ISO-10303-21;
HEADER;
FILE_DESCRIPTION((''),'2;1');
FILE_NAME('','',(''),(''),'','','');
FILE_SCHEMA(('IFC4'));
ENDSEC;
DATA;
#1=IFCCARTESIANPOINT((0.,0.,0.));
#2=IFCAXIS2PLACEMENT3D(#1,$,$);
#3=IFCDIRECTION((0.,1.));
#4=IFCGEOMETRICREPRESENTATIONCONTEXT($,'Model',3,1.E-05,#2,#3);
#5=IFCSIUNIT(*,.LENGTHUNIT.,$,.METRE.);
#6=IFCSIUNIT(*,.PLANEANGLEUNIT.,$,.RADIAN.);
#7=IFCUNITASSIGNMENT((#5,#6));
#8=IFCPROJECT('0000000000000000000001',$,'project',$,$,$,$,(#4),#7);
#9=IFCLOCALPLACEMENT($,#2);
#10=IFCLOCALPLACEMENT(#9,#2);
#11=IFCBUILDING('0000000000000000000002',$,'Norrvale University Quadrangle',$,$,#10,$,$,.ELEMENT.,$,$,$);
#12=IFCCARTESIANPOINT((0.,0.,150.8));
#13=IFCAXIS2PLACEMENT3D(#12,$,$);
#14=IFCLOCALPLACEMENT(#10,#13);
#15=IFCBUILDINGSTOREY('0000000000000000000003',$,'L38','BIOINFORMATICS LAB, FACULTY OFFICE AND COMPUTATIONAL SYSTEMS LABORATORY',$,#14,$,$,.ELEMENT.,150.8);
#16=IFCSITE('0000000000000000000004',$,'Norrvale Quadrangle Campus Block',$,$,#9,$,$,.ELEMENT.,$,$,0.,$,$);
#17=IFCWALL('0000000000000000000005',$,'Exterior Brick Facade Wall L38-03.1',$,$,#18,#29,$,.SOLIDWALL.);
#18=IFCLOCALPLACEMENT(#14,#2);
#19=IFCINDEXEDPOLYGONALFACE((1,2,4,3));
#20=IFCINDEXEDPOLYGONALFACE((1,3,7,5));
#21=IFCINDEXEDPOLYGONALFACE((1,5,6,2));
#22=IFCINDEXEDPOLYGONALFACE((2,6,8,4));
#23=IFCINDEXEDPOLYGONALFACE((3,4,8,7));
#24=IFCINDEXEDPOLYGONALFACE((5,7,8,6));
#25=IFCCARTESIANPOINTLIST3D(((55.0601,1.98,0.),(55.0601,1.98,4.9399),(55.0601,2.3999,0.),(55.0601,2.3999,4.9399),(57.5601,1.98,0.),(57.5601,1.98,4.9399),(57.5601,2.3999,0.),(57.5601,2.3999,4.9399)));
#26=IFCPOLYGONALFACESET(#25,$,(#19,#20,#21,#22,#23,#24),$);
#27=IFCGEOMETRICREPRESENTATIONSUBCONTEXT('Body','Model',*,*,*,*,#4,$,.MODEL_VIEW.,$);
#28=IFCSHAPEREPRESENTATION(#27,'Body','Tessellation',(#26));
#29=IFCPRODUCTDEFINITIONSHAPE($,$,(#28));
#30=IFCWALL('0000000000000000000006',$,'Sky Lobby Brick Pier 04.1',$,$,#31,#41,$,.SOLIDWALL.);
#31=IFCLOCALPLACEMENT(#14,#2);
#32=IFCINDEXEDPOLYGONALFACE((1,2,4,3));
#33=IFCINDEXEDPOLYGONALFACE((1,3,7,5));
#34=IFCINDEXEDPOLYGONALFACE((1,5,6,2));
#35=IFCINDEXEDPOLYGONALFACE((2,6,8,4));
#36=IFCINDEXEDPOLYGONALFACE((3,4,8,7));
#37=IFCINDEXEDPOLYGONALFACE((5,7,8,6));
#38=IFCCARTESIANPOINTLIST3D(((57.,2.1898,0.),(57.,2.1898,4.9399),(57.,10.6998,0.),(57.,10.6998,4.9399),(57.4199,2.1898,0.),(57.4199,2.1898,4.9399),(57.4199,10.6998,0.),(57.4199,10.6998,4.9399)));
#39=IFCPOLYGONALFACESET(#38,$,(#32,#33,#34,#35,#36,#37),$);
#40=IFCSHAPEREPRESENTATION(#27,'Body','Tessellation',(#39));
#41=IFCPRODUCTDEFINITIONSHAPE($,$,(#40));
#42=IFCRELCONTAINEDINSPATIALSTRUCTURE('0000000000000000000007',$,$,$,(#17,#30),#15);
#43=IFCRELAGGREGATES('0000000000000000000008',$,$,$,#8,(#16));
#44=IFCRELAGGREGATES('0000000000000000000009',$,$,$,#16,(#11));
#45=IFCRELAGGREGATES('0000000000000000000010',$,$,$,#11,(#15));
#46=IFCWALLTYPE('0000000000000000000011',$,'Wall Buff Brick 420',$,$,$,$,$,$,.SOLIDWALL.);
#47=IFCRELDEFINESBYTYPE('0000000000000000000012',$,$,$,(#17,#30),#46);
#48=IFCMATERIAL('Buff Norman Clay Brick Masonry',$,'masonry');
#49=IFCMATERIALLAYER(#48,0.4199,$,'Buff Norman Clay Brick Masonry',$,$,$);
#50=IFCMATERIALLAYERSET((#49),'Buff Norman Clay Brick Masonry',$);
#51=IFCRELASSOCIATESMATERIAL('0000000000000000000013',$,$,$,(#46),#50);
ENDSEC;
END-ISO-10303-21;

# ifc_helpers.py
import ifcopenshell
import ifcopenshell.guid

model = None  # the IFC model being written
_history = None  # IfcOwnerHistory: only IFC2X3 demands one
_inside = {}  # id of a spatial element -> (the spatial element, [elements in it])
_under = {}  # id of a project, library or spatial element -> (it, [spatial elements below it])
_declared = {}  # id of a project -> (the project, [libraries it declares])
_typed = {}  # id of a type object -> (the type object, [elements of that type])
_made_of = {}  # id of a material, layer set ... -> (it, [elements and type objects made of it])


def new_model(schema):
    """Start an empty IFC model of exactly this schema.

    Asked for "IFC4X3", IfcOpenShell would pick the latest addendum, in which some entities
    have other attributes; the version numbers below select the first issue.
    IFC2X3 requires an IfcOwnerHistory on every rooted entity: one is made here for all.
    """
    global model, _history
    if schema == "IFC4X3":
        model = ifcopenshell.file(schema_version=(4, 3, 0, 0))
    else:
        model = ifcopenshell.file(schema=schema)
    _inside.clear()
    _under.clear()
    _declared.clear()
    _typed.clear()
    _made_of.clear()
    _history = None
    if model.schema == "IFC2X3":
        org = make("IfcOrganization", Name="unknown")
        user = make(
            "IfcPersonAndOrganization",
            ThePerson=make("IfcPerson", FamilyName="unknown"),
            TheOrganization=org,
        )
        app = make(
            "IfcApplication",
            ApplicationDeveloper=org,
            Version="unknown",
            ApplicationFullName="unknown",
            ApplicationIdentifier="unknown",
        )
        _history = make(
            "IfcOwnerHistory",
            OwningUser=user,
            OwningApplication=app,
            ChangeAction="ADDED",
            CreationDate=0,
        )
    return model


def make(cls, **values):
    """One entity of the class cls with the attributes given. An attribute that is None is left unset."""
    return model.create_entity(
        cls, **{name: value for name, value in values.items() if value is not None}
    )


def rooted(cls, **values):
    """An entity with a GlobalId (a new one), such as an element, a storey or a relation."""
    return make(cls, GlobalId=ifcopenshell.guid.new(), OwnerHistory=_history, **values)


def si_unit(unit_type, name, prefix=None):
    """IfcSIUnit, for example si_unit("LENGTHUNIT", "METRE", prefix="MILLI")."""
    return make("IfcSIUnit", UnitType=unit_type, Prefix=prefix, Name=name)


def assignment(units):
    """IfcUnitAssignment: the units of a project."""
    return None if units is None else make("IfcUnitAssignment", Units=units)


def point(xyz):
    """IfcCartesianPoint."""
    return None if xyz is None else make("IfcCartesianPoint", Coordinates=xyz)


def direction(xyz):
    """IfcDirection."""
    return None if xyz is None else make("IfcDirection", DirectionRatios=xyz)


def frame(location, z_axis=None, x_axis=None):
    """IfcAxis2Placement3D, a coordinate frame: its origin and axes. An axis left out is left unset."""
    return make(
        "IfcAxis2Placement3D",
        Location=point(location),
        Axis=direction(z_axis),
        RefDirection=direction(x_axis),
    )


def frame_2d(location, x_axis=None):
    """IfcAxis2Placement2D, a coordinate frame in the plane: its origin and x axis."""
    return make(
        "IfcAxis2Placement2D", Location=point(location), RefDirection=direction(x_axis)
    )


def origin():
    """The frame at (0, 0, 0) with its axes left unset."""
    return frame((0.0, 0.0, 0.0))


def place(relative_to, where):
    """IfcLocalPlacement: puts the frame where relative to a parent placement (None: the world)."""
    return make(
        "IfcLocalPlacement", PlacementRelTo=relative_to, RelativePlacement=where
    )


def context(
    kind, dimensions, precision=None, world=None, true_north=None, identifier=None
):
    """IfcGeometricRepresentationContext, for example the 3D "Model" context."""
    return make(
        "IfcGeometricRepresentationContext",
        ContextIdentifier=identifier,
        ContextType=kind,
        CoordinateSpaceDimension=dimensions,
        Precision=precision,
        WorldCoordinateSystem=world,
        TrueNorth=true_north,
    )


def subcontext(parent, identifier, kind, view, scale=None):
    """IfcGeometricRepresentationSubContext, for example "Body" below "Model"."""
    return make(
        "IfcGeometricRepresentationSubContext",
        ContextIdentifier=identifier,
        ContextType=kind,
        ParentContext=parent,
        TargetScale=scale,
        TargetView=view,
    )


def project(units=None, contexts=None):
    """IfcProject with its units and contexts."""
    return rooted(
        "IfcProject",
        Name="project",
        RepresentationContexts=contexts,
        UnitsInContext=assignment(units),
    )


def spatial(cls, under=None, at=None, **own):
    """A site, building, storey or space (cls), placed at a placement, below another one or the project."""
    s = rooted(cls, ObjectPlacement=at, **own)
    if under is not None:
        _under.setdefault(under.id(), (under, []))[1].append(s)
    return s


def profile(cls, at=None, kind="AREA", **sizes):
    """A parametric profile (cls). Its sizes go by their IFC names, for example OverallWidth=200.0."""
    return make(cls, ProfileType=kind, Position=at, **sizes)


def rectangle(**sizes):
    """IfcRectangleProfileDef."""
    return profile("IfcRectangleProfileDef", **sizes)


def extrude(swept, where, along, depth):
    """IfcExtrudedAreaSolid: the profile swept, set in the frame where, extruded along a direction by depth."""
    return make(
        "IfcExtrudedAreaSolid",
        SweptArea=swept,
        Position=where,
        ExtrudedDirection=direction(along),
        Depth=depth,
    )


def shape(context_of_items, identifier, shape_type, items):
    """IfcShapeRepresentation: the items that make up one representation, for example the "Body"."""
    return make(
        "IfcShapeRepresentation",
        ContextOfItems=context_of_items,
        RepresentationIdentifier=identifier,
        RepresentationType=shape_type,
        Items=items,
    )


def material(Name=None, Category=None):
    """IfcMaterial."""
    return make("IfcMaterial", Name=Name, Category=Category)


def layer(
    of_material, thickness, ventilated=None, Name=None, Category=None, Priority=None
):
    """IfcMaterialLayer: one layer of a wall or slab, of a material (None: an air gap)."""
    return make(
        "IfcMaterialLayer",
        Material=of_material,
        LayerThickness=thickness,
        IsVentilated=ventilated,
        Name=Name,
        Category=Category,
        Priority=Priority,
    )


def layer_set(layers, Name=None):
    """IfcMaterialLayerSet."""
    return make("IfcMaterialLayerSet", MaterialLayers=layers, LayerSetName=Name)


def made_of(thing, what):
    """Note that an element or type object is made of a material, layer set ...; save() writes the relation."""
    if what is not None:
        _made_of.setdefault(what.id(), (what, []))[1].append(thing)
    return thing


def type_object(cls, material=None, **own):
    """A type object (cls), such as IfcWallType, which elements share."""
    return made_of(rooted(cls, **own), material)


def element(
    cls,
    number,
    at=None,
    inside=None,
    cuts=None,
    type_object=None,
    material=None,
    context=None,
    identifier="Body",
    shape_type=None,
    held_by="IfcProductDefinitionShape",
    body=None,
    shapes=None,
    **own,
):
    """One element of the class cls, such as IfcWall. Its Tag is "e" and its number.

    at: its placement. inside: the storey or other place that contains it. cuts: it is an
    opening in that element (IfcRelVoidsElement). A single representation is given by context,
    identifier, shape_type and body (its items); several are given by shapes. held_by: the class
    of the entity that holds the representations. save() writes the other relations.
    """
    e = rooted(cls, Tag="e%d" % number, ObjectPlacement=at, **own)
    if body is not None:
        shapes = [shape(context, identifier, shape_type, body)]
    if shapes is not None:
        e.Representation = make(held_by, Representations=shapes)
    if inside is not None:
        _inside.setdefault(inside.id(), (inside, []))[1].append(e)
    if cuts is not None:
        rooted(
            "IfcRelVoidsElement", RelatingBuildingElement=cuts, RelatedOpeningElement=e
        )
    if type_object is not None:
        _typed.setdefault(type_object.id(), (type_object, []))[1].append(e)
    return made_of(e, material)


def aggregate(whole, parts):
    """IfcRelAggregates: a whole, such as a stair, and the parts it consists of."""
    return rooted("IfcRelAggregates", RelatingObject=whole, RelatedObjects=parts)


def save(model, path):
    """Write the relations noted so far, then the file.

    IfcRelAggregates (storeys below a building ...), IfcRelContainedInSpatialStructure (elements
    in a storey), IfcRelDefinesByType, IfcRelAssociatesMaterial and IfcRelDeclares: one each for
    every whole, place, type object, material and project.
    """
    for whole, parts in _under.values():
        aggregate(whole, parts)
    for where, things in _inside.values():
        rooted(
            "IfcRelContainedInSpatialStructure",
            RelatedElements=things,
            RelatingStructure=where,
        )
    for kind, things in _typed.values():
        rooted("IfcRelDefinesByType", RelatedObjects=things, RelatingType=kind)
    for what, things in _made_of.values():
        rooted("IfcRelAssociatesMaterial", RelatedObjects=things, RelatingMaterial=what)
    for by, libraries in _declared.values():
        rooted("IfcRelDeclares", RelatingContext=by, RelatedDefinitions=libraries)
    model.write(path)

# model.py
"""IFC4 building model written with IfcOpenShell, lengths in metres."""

from ifc_helpers import new_model, si_unit, direction, frame, frame_2d, origin, place, context, subcontext, project, spatial, rectangle, extrude, material, layer, layer_set, type_object, element, save


model = new_model("IFC4")

# Units and contexts
model_context = context("Model", 3, precision=1e-05, world=origin(), true_north=direction((0.0, 1.0)))
body_context = subcontext(model_context, "Body", "Model", "MODEL_VIEW")
ifc_project = project(units=[si_unit("LENGTHUNIT", "METRE"), si_unit("PLANEANGLEUNIT", "RADIAN")], contexts=[model_context])

# Site, building, storey
site_placement = place(None, origin())
site = spatial("IfcSite", under=ifc_project, at=site_placement, Name="Norrvale Quadrangle Campus Block", CompositionType="ELEMENT", RefElevation=0.0)
building_placement = place(site_placement, origin())
building = spatial("IfcBuilding", under=site, at=building_placement, Name="Norrvale University Quadrangle", CompositionType="ELEMENT")
storey_placement = place(building_placement, frame((0.0, 0.0, 150.8)))
storey = spatial("IfcBuildingStorey", under=building, at=storey_placement, Name="L38", Description="BIOINFORMATICS LAB, FACULTY OFFICE AND COMPUTATIONAL SYSTEMS LABORATORY", CompositionType="ELEMENT", Elevation=150.8)

# Walls
ifc_material_1 = material(Name="Buff Norman Clay Brick Masonry", Category="masonry")
ifc_layer_1 = layer(ifc_material_1, 0.4199, Name="Buff Norman Clay Brick Masonry")
ifc_layer_set_1 = layer_set([ifc_layer_1], Name="Buff Norman Clay Brick Masonry")
wall_type = type_object("IfcWallType", Name="Wall Buff Brick 420", PredefinedType="SOLIDWALL", material=ifc_layer_set_1)
for number, where, z_axis, x_axis, name in (
    (1, (55.0601, 2.1899, 0.0), (0.0, 0.0, 1.0), (1.0, 0.0, 0.0), "Exterior Brick Facade Wall L38-03.1"),
):
    element("IfcWall", number, at=place(storey_placement, frame(where, z_axis=z_axis, x_axis=x_axis)), inside=storey, type_object=wall_type, Name=name, PredefinedType="SOLIDWALL", context=body_context, shape_type="SweptSolid", body=[
        extrude(rectangle(XDim=2.5, YDim=0.4199, at=frame_2d((1.25, 0.0))), origin(), (0.0, 0.0, 1.0), 4.9399),
    ])
wall_placement = place(storey_placement, frame((57.21, 2.1899, 0.0), z_axis=(0.0, 0.0, 1.0), x_axis=(0.0, 1.0, 0.0)))
element("IfcWall", 2, at=wall_placement, inside=storey, type_object=wall_type, Name="Sky Lobby Brick Pier 04.1", PredefinedType="SOLIDWALL", context=body_context, shape_type="SweptSolid", body=[
    extrude(rectangle(XDim=8.51, YDim=0.4199, at=frame_2d((4.2549, 0.0))), origin(), (0.0, 0.0, 1.0), 4.9399),
])

save(model, "model.ifc")
